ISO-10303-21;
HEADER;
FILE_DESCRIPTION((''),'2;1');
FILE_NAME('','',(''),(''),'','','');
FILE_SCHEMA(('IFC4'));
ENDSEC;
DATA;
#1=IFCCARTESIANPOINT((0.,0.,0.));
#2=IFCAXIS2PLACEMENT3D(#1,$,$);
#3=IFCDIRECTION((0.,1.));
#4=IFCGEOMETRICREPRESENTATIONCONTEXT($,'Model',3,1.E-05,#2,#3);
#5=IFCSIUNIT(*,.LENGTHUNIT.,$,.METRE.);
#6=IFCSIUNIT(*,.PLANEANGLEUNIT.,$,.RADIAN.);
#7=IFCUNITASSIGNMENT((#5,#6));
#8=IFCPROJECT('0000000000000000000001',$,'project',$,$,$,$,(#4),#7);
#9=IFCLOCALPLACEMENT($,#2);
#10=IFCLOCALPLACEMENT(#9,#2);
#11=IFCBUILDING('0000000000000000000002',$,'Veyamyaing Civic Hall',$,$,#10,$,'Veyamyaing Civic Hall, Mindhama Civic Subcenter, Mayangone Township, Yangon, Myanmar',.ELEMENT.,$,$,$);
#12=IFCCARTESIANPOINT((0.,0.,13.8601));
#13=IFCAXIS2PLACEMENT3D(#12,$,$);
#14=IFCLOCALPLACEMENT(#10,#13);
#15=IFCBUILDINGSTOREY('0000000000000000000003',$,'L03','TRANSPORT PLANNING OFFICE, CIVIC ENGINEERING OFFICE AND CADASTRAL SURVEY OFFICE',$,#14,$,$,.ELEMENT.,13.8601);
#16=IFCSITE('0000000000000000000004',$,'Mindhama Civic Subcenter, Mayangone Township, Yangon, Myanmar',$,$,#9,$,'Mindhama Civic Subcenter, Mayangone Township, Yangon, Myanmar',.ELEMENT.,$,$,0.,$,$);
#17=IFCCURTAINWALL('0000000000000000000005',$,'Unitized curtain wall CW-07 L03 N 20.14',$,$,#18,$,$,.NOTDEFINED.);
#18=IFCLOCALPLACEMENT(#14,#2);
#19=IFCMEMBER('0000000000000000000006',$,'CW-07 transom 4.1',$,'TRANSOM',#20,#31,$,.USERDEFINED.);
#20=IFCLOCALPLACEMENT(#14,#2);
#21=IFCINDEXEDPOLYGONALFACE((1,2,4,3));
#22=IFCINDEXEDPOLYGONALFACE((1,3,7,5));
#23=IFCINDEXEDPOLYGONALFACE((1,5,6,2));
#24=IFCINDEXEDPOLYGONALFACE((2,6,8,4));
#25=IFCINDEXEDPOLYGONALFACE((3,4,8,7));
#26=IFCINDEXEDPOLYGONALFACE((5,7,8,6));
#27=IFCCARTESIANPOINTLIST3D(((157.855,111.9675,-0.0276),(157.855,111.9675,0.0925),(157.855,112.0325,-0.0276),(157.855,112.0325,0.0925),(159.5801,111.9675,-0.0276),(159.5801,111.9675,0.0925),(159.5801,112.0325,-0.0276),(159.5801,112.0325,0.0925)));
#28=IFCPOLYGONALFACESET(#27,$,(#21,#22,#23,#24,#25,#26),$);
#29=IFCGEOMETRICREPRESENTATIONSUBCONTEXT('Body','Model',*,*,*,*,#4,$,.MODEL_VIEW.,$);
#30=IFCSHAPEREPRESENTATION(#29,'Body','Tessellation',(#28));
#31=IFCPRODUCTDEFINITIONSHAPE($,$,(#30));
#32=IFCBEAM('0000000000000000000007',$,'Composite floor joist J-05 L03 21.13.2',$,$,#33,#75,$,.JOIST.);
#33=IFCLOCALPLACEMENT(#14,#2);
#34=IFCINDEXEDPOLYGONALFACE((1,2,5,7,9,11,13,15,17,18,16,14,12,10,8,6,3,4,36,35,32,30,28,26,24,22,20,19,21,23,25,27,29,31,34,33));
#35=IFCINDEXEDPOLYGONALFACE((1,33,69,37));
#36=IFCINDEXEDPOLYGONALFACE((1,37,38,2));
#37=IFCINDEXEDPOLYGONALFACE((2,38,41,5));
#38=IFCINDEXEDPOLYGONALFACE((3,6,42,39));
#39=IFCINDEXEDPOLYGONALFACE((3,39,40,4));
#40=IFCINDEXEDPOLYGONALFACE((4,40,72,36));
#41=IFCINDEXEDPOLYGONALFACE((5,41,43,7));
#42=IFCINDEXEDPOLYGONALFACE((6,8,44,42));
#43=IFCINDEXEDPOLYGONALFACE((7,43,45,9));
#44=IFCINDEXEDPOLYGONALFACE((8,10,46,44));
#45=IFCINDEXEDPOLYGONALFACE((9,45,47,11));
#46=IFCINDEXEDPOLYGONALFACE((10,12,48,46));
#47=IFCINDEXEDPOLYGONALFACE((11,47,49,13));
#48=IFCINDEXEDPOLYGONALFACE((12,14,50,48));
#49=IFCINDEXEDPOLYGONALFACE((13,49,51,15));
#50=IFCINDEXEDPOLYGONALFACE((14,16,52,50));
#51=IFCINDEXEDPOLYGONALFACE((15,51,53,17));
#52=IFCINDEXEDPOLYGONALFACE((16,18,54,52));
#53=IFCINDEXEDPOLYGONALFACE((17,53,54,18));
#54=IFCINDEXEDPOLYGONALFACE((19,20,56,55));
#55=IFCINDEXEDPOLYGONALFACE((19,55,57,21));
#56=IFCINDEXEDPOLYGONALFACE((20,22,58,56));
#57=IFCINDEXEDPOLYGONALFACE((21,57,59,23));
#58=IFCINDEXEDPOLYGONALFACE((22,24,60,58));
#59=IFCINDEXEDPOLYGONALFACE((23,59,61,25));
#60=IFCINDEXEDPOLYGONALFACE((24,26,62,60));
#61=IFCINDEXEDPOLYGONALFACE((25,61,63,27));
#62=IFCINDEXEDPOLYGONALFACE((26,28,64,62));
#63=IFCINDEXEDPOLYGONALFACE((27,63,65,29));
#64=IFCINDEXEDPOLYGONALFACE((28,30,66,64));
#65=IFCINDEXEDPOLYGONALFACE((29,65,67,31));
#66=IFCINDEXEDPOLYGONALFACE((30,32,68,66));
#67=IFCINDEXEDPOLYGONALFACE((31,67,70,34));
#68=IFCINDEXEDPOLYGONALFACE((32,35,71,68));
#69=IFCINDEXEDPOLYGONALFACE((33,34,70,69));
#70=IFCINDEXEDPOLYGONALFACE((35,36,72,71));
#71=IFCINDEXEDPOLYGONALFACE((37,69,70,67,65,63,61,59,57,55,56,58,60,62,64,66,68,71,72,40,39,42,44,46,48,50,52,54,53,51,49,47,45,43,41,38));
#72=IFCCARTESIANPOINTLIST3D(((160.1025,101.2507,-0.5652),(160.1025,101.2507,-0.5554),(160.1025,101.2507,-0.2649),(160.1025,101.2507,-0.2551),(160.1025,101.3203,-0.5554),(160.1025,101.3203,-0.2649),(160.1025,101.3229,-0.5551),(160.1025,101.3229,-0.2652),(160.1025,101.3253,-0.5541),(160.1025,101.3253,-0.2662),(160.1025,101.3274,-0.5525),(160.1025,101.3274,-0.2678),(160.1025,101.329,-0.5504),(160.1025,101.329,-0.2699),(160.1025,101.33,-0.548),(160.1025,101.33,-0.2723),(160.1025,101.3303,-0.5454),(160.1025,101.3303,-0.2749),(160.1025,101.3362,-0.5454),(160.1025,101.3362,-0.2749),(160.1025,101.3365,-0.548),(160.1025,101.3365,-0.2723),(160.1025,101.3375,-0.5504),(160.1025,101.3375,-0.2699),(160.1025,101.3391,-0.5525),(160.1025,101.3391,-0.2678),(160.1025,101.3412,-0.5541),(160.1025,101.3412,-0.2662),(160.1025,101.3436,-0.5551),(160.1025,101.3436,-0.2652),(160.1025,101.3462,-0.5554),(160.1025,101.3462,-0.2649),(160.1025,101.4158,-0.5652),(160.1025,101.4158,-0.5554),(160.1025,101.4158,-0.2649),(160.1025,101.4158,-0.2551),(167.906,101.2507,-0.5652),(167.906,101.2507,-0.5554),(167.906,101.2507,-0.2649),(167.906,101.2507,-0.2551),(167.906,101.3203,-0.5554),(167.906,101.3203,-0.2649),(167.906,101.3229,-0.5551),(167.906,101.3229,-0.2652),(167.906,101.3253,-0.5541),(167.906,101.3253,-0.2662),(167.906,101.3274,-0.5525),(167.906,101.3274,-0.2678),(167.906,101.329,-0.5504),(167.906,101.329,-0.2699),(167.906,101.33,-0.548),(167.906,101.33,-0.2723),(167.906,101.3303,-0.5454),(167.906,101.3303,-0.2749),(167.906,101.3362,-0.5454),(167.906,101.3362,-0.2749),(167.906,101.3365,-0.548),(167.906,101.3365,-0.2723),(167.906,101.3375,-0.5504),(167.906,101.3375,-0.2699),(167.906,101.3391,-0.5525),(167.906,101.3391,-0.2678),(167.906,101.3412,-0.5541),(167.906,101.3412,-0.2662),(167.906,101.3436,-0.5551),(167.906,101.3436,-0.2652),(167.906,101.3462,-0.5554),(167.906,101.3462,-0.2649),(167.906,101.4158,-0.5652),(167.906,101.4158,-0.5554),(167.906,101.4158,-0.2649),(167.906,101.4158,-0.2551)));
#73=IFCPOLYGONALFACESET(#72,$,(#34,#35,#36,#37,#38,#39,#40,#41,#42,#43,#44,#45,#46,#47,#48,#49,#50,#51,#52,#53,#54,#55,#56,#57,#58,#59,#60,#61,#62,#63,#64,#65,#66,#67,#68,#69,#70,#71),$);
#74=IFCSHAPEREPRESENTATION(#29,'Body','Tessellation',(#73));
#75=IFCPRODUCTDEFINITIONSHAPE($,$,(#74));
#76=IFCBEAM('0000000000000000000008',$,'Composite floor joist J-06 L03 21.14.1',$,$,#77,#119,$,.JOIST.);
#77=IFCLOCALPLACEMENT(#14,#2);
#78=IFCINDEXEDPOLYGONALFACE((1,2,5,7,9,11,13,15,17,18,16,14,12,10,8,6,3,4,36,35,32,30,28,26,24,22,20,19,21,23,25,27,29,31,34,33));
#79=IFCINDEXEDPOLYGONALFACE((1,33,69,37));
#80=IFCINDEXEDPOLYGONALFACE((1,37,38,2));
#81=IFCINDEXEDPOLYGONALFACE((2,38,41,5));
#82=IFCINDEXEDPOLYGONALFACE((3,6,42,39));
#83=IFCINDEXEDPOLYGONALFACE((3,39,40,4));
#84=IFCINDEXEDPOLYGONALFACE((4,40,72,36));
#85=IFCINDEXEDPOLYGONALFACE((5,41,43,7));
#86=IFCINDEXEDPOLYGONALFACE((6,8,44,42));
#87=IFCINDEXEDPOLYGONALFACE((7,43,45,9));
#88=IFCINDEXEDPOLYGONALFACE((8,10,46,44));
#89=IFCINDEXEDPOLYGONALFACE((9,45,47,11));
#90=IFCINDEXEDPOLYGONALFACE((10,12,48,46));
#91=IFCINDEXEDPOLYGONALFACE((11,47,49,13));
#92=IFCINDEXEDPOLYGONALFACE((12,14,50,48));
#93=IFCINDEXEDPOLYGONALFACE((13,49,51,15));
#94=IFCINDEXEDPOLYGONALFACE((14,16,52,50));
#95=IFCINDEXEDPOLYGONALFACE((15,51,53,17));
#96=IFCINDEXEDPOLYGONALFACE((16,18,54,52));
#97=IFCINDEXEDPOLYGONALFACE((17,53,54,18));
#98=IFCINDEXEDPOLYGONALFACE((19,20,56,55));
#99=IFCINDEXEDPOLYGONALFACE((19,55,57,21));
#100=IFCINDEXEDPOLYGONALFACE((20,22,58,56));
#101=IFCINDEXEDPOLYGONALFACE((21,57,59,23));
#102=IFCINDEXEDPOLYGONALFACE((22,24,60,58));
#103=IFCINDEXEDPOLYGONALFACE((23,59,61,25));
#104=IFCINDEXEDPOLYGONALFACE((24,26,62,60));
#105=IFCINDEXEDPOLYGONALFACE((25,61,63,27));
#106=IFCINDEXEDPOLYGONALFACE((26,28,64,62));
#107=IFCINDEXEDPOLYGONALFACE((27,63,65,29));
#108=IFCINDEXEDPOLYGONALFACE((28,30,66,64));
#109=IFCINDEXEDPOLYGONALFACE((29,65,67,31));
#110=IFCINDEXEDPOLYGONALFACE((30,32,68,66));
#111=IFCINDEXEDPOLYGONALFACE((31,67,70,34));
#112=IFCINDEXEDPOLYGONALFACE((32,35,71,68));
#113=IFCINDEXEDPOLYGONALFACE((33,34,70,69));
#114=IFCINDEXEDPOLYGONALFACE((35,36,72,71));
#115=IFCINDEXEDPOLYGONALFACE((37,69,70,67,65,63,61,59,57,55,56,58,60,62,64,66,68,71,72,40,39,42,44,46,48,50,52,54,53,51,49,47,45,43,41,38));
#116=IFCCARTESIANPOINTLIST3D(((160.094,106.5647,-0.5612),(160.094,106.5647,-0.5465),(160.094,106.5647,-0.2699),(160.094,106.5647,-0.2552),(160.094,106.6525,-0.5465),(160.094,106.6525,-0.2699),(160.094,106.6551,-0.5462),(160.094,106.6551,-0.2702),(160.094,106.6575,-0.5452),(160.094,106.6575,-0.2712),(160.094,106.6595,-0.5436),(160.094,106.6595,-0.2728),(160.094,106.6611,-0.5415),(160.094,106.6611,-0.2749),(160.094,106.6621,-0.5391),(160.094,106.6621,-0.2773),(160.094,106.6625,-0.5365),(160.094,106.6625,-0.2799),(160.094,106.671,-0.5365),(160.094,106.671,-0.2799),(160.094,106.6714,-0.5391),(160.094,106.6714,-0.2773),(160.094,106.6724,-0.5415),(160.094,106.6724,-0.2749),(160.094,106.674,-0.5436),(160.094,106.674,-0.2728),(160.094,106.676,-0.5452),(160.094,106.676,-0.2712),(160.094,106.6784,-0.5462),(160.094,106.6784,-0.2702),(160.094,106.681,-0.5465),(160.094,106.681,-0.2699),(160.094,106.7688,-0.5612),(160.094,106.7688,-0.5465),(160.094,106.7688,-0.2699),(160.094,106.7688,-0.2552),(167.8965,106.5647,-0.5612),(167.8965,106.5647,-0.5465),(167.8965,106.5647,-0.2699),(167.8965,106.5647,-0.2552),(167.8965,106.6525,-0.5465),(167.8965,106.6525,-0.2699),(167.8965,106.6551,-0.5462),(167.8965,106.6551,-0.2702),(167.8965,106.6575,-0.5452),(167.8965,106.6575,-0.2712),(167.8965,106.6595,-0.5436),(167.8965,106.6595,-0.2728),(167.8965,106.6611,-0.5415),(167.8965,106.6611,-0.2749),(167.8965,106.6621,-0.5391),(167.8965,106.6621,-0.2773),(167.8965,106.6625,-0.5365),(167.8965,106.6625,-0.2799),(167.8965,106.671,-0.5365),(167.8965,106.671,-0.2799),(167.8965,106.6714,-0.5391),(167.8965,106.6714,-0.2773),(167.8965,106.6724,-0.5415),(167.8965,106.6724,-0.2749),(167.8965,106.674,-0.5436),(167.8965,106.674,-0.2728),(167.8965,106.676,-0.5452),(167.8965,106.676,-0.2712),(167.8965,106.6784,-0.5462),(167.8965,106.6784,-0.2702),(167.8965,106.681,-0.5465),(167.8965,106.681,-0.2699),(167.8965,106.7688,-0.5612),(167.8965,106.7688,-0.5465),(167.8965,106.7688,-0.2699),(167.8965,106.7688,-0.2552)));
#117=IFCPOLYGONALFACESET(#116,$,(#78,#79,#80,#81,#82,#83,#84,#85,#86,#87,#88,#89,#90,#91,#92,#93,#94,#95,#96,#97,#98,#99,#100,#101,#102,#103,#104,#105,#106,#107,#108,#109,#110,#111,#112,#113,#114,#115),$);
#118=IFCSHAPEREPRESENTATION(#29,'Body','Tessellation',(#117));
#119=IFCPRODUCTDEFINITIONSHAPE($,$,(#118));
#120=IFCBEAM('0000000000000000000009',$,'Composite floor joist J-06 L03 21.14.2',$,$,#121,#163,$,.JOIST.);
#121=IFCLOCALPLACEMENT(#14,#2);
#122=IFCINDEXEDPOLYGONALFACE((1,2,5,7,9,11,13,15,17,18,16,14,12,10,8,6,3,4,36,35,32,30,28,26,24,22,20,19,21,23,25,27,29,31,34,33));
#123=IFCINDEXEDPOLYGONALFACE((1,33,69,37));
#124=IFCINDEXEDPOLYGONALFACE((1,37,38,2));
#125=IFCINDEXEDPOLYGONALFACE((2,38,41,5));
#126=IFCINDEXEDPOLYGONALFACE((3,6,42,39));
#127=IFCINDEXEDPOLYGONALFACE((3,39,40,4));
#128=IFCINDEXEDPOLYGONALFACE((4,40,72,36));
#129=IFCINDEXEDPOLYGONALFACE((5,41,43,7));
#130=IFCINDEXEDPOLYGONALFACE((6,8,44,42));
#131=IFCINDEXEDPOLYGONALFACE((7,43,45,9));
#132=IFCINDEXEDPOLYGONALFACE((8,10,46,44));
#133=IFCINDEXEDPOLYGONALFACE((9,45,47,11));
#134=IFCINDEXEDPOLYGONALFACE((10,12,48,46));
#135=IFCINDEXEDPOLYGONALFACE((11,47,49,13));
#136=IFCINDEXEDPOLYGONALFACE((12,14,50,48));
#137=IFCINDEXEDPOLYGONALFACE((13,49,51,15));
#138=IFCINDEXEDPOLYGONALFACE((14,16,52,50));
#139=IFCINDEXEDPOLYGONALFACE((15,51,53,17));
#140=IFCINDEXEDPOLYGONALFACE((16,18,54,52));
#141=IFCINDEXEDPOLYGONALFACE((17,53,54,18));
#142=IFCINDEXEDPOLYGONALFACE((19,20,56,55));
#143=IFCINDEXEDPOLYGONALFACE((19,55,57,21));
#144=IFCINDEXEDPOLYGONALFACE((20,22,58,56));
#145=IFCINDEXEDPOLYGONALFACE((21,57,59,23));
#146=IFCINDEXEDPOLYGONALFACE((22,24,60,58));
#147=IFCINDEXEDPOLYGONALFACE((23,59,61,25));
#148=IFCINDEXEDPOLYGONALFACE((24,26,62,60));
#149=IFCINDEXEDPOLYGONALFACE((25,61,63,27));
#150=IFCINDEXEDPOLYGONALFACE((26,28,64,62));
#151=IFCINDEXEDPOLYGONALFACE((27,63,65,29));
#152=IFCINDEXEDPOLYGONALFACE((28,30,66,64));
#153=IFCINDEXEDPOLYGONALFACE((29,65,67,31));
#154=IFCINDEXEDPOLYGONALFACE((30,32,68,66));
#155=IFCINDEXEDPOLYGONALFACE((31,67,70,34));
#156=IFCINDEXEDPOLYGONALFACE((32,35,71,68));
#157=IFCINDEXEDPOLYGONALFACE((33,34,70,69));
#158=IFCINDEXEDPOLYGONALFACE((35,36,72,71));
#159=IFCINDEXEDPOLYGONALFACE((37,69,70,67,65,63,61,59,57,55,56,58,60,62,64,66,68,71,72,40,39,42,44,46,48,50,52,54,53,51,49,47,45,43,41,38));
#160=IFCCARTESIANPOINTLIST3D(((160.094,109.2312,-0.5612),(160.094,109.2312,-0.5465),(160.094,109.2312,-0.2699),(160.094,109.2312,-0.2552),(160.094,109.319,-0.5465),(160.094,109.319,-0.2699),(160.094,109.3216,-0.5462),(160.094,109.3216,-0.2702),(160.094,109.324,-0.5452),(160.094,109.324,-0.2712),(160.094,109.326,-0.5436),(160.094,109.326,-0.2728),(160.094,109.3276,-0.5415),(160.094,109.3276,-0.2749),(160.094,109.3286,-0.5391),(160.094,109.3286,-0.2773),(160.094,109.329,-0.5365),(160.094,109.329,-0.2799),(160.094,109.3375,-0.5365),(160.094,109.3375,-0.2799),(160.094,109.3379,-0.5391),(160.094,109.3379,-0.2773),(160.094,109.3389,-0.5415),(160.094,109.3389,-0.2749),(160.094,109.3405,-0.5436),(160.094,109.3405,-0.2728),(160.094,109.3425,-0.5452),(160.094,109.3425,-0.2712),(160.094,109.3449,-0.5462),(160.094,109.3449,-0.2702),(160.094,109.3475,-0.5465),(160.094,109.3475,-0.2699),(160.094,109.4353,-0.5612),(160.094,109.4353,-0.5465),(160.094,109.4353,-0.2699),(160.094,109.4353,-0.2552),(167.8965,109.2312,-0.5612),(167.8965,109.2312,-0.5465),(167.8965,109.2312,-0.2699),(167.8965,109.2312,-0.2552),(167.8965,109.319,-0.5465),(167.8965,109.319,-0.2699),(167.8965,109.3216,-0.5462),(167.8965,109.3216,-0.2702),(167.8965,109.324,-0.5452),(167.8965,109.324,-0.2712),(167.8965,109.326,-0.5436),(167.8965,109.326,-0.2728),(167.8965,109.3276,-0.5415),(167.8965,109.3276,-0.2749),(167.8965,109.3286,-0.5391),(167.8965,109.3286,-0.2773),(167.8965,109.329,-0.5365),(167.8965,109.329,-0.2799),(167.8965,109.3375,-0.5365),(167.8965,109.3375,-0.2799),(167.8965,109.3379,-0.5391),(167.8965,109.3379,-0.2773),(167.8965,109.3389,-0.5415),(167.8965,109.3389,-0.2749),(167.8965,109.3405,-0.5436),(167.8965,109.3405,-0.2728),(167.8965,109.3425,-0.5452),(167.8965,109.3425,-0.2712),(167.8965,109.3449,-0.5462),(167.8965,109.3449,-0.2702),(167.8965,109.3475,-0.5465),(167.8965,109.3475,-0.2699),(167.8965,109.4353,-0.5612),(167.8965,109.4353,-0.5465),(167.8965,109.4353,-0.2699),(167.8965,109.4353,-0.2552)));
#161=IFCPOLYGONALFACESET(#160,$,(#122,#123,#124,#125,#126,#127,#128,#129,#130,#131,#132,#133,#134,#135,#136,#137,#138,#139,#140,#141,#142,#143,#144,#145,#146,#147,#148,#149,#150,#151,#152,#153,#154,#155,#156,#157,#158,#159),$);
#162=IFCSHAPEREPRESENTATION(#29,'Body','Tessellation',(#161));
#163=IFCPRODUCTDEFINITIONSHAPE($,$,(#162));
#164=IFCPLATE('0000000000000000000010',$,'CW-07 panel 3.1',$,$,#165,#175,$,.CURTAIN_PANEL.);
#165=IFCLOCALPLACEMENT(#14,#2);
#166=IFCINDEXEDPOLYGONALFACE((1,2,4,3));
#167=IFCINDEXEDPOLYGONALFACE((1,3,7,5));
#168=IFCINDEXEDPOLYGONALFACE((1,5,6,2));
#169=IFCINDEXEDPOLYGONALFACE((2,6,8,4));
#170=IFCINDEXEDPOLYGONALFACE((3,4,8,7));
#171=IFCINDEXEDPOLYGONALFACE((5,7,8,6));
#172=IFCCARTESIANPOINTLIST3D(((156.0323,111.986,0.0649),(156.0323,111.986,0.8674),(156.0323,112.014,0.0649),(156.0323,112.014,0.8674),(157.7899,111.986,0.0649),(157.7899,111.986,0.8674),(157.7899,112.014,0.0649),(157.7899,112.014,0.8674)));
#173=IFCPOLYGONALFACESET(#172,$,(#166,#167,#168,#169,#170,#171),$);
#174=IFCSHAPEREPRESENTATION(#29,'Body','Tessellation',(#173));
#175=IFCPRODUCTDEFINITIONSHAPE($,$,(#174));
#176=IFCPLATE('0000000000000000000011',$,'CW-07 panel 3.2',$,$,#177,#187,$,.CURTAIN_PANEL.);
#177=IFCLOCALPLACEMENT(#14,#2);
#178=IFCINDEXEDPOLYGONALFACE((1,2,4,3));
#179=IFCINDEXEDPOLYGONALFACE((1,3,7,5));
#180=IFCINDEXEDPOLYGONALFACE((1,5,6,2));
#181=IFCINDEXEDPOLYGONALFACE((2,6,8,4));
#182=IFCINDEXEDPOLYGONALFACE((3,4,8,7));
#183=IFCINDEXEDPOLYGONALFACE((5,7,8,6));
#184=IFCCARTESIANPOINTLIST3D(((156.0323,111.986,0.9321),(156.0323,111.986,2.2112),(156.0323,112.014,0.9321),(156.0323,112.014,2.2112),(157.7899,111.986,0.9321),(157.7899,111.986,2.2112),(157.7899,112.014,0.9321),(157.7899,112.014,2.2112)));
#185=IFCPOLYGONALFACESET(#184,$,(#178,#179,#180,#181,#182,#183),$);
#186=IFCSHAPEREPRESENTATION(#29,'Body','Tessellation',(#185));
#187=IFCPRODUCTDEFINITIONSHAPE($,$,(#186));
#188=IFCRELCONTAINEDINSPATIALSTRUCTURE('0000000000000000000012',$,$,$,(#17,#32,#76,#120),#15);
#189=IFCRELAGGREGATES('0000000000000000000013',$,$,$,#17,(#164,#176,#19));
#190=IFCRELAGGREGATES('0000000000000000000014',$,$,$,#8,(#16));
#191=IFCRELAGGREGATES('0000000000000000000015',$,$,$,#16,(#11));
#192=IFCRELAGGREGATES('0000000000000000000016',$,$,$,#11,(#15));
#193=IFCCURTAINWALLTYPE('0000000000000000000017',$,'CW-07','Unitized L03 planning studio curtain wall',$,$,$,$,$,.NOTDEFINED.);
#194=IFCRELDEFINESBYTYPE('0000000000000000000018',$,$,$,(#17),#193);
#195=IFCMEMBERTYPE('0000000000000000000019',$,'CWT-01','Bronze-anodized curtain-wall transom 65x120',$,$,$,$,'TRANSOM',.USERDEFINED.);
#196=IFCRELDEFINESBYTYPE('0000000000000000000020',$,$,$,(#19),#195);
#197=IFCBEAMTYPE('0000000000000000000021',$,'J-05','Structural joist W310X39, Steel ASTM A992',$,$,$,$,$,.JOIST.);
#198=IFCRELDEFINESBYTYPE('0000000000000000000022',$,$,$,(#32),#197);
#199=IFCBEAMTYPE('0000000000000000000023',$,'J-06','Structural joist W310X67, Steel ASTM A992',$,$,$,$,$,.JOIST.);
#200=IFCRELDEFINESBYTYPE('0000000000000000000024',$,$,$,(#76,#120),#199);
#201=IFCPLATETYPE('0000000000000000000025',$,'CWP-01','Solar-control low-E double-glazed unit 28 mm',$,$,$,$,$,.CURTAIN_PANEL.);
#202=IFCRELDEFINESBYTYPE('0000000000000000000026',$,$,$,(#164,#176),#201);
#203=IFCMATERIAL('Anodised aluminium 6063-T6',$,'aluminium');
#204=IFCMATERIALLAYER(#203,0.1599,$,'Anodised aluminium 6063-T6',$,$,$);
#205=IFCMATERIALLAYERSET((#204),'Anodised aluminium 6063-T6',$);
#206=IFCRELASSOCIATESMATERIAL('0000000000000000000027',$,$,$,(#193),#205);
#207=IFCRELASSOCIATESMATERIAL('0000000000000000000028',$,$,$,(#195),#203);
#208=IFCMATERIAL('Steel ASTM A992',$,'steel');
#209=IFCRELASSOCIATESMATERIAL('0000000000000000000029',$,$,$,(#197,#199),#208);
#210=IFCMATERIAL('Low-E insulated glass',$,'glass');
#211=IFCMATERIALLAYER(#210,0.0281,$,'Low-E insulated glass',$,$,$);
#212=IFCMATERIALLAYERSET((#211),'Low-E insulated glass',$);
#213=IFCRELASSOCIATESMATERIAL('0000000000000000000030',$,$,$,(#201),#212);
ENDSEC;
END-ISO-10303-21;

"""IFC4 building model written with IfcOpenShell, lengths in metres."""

from ifc_helpers import new_model, si_unit, direction, frame, origin, origin_2d, place, context, subcontext, project, spatial, rectangle, i_section, extrude, material, layer, layer_set, material_profile, profile_set, type_object, element, aggregate, save


model = new_model("IFC4")

# Units and contexts
model_context = context("Model", 3, precision=1e-05, world=origin(), true_north=direction((0.0, 1.0)))
body_context = subcontext(model_context, "Body", "Model", "MODEL_VIEW")
ifc_project = project(units=[si_unit("LENGTHUNIT", "METRE"), si_unit("PLANEANGLEUNIT", "RADIAN")], contexts=[model_context])

# Site, building, storey
site_placement = place(None, origin())
site = spatial("IfcSite", under=ifc_project, at=site_placement, Name="Mindhama Civic Subcenter, Mayangone Township, Yangon, Myanmar", LongName="Mindhama Civic Subcenter, Mayangone Township, Yangon, Myanmar", CompositionType="ELEMENT", RefElevation=0.0)
building_placement = place(site_placement, origin())
building = spatial("IfcBuilding", under=site, at=building_placement, Name="Veyamyaing Civic Hall", LongName="Veyamyaing Civic Hall, Mindhama Civic Subcenter, Mayangone Township, Yangon, Myanmar", CompositionType="ELEMENT")
storey_placement = place(building_placement, frame((0.0, 0.0, 13.8601)))
storey = spatial("IfcBuildingStorey", under=building, at=storey_placement, Name="L03", Description="TRANSPORT PLANNING OFFICE, CIVIC ENGINEERING OFFICE AND CADASTRAL SURVEY OFFICE", CompositionType="ELEMENT", Elevation=13.8601)

# Shared definitions
ifc_material_1 = material(Name="Steel ASTM A992", Category="steel")

# Curtain wall, member
ifc_material_2 = material(Name="Anodised aluminium 6063-T6", Category="aluminium")
ifc_layer_1 = layer(ifc_material_2, 0.1599, Name="Anodised aluminium 6063-T6")
ifc_layer_set_1 = layer_set([ifc_layer_1], Name="Anodised aluminium 6063-T6")
curtain_wall_type = type_object("IfcCurtainWallType", Name="CW-07", Description="Unitized L03 planning studio curtain wall", PredefinedType="NOTDEFINED", material=ifc_layer_set_1)
curtain_wall_placement = place(storey_placement, origin())
curtain_wall = element("IfcCurtainWall", 1, at=curtain_wall_placement, inside=storey, type_object=curtain_wall_type, Name="Unitized curtain wall CW-07 L03 N 20.14", PredefinedType="NOTDEFINED")
ifc_material_profile_1 = material_profile(ifc_material_2, rectangle(XDim=0.0649, YDim=0.1201, at=origin_2d()), Name="ALU-TRN-65X120")
ifc_profile_set_1 = profile_set([ifc_material_profile_1], Name="Anodised aluminium 6063-T6")
member_type_1 = type_object("IfcMemberType", Name="CWT-01", Description="Bronze-anodized curtain-wall transom 65x120", ElementType="TRANSOM", PredefinedType="USERDEFINED", material=ifc_profile_set_1)
member_1_placement = place(storey_placement, frame((157.855, 112.0, 0.0325), z_axis=(1.0, 0.0, 0.0), x_axis=(0.0, 1.0, 0.0)))
member_1 = element("IfcMember", 2, at=member_1_placement, type_object=member_type_1, Name="CW-07 transom 4.1", ObjectType="TRANSOM", PredefinedType="USERDEFINED", context=body_context, shape_type="SweptSolid", body=[
    extrude(rectangle(XDim=0.0649, YDim=0.1201, at=origin_2d()), origin(), (0.0, 0.0, 1.0), 1.7251),
])

# Beams
ifc_material_profile_2 = material_profile(ifc_material_1, i_section(OverallWidth=0.165, OverallDepth=0.3101, WebThickness=0.0059, FlangeThickness=0.0098, FilletRadius=0.01, at=origin_2d()), Name="W310X39")
ifc_profile_set_2 = profile_set([ifc_material_profile_2], Name="Steel ASTM A992")
beam_type_1 = type_object("IfcBeamType", Name="J-05", Description="Structural joist W310X39, Steel ASTM A992", PredefinedType="JOIST", material=ifc_profile_set_2)
beam_1_placement = place(storey_placement, frame((160.1025, 101.3333, -0.4102), z_axis=(1.0, 0.0, 0.0), x_axis=(0.0, 1.0, 0.0)))
element("IfcBeam", 3, at=beam_1_placement, inside=storey, type_object=beam_type_1, Name="Composite floor joist J-05 L03 21.13.2", PredefinedType="JOIST", context=body_context, shape_type="SweptSolid", body=[
    extrude(i_section(OverallWidth=0.165, OverallDepth=0.3101, WebThickness=0.0059, FlangeThickness=0.0098, FilletRadius=0.01, at=origin_2d()), origin(), (0.0, 0.0, 1.0), 7.8035),
])
ifc_material_profile_3 = material_profile(ifc_material_1, i_section(OverallWidth=0.2041, OverallDepth=0.3059, WebThickness=0.0085, FlangeThickness=0.0146, FilletRadius=0.01, at=origin_2d()), Name="W310X67")
ifc_profile_set_3 = profile_set([ifc_material_profile_3], Name="Steel ASTM A992")
beam_type_2 = type_object("IfcBeamType", Name="J-06", Description="Structural joist W310X67, Steel ASTM A992", PredefinedType="JOIST", material=ifc_profile_set_3)
for number, where, z_axis, x_axis, name in (
    (4, (160.094, 106.6667, -0.4082), (1.0, 0.0, 0.0), (0.0, 1.0, 0.0), "Composite floor joist J-06 L03 21.14.1"),
    (5, (160.094, 109.3333, -0.4082), (1.0, 0.0, 0.0), (0.0, 1.0, 0.0), "Composite floor joist J-06 L03 21.14.2"),
):
    element("IfcBeam", number, at=place(storey_placement, frame(where, z_axis=z_axis, x_axis=x_axis)), inside=storey, type_object=beam_type_2, Name=name, PredefinedType="JOIST", context=body_context, shape_type="SweptSolid", body=[
        extrude(i_section(OverallWidth=0.2041, OverallDepth=0.3059, WebThickness=0.0085, FlangeThickness=0.0146, FilletRadius=0.01, at=origin_2d()), origin(), (0.0, 0.0, 1.0), 7.8025),
    ])

# Plates
ifc_material_3 = material(Name="Low-E insulated glass", Category="glass")
ifc_layer_2 = layer(ifc_material_3, 0.0281, Name="Low-E insulated glass")
ifc_layer_set_2 = layer_set([ifc_layer_2], Name="Low-E insulated glass")
plate_type = type_object("IfcPlateType", Name="CWP-01", Description="Solar-control low-E double-glazed unit 28 mm", PredefinedType="CURTAIN_PANEL", material=ifc_layer_set_2)
plate_1_placement = place(storey_placement, frame((156.9111, 112.0, 0.0649), z_axis=(0.0, 0.0, 1.0), x_axis=(1.0, 0.0, 0.0)))
plate_1 = element("IfcPlate", 6, at=plate_1_placement, type_object=plate_type, Name="CW-07 panel 3.1", PredefinedType="CURTAIN_PANEL", context=body_context, shape_type="SweptSolid", body=[
    extrude(rectangle(XDim=1.7576, YDim=0.0281, at=origin_2d()), origin(), (0.0, 0.0, 1.0), 0.8025),
])
plate_2_placement = place(storey_placement, frame((156.9111, 112.0, 0.9321), z_axis=(0.0, 0.0, 1.0), x_axis=(1.0, 0.0, 0.0)))
plate_2 = element("IfcPlate", 7, at=plate_2_placement, type_object=plate_type, Name="CW-07 panel 3.2", PredefinedType="CURTAIN_PANEL", context=body_context, shape_type="SweptSolid", body=[
    extrude(rectangle(XDim=1.7576, YDim=0.0281, at=origin_2d()), origin(), (0.0, 0.0, 1.0), 1.2791),
])
aggregate(curtain_wall, [plate_1, plate_2, member_1])

save(model, "model.ifc")
